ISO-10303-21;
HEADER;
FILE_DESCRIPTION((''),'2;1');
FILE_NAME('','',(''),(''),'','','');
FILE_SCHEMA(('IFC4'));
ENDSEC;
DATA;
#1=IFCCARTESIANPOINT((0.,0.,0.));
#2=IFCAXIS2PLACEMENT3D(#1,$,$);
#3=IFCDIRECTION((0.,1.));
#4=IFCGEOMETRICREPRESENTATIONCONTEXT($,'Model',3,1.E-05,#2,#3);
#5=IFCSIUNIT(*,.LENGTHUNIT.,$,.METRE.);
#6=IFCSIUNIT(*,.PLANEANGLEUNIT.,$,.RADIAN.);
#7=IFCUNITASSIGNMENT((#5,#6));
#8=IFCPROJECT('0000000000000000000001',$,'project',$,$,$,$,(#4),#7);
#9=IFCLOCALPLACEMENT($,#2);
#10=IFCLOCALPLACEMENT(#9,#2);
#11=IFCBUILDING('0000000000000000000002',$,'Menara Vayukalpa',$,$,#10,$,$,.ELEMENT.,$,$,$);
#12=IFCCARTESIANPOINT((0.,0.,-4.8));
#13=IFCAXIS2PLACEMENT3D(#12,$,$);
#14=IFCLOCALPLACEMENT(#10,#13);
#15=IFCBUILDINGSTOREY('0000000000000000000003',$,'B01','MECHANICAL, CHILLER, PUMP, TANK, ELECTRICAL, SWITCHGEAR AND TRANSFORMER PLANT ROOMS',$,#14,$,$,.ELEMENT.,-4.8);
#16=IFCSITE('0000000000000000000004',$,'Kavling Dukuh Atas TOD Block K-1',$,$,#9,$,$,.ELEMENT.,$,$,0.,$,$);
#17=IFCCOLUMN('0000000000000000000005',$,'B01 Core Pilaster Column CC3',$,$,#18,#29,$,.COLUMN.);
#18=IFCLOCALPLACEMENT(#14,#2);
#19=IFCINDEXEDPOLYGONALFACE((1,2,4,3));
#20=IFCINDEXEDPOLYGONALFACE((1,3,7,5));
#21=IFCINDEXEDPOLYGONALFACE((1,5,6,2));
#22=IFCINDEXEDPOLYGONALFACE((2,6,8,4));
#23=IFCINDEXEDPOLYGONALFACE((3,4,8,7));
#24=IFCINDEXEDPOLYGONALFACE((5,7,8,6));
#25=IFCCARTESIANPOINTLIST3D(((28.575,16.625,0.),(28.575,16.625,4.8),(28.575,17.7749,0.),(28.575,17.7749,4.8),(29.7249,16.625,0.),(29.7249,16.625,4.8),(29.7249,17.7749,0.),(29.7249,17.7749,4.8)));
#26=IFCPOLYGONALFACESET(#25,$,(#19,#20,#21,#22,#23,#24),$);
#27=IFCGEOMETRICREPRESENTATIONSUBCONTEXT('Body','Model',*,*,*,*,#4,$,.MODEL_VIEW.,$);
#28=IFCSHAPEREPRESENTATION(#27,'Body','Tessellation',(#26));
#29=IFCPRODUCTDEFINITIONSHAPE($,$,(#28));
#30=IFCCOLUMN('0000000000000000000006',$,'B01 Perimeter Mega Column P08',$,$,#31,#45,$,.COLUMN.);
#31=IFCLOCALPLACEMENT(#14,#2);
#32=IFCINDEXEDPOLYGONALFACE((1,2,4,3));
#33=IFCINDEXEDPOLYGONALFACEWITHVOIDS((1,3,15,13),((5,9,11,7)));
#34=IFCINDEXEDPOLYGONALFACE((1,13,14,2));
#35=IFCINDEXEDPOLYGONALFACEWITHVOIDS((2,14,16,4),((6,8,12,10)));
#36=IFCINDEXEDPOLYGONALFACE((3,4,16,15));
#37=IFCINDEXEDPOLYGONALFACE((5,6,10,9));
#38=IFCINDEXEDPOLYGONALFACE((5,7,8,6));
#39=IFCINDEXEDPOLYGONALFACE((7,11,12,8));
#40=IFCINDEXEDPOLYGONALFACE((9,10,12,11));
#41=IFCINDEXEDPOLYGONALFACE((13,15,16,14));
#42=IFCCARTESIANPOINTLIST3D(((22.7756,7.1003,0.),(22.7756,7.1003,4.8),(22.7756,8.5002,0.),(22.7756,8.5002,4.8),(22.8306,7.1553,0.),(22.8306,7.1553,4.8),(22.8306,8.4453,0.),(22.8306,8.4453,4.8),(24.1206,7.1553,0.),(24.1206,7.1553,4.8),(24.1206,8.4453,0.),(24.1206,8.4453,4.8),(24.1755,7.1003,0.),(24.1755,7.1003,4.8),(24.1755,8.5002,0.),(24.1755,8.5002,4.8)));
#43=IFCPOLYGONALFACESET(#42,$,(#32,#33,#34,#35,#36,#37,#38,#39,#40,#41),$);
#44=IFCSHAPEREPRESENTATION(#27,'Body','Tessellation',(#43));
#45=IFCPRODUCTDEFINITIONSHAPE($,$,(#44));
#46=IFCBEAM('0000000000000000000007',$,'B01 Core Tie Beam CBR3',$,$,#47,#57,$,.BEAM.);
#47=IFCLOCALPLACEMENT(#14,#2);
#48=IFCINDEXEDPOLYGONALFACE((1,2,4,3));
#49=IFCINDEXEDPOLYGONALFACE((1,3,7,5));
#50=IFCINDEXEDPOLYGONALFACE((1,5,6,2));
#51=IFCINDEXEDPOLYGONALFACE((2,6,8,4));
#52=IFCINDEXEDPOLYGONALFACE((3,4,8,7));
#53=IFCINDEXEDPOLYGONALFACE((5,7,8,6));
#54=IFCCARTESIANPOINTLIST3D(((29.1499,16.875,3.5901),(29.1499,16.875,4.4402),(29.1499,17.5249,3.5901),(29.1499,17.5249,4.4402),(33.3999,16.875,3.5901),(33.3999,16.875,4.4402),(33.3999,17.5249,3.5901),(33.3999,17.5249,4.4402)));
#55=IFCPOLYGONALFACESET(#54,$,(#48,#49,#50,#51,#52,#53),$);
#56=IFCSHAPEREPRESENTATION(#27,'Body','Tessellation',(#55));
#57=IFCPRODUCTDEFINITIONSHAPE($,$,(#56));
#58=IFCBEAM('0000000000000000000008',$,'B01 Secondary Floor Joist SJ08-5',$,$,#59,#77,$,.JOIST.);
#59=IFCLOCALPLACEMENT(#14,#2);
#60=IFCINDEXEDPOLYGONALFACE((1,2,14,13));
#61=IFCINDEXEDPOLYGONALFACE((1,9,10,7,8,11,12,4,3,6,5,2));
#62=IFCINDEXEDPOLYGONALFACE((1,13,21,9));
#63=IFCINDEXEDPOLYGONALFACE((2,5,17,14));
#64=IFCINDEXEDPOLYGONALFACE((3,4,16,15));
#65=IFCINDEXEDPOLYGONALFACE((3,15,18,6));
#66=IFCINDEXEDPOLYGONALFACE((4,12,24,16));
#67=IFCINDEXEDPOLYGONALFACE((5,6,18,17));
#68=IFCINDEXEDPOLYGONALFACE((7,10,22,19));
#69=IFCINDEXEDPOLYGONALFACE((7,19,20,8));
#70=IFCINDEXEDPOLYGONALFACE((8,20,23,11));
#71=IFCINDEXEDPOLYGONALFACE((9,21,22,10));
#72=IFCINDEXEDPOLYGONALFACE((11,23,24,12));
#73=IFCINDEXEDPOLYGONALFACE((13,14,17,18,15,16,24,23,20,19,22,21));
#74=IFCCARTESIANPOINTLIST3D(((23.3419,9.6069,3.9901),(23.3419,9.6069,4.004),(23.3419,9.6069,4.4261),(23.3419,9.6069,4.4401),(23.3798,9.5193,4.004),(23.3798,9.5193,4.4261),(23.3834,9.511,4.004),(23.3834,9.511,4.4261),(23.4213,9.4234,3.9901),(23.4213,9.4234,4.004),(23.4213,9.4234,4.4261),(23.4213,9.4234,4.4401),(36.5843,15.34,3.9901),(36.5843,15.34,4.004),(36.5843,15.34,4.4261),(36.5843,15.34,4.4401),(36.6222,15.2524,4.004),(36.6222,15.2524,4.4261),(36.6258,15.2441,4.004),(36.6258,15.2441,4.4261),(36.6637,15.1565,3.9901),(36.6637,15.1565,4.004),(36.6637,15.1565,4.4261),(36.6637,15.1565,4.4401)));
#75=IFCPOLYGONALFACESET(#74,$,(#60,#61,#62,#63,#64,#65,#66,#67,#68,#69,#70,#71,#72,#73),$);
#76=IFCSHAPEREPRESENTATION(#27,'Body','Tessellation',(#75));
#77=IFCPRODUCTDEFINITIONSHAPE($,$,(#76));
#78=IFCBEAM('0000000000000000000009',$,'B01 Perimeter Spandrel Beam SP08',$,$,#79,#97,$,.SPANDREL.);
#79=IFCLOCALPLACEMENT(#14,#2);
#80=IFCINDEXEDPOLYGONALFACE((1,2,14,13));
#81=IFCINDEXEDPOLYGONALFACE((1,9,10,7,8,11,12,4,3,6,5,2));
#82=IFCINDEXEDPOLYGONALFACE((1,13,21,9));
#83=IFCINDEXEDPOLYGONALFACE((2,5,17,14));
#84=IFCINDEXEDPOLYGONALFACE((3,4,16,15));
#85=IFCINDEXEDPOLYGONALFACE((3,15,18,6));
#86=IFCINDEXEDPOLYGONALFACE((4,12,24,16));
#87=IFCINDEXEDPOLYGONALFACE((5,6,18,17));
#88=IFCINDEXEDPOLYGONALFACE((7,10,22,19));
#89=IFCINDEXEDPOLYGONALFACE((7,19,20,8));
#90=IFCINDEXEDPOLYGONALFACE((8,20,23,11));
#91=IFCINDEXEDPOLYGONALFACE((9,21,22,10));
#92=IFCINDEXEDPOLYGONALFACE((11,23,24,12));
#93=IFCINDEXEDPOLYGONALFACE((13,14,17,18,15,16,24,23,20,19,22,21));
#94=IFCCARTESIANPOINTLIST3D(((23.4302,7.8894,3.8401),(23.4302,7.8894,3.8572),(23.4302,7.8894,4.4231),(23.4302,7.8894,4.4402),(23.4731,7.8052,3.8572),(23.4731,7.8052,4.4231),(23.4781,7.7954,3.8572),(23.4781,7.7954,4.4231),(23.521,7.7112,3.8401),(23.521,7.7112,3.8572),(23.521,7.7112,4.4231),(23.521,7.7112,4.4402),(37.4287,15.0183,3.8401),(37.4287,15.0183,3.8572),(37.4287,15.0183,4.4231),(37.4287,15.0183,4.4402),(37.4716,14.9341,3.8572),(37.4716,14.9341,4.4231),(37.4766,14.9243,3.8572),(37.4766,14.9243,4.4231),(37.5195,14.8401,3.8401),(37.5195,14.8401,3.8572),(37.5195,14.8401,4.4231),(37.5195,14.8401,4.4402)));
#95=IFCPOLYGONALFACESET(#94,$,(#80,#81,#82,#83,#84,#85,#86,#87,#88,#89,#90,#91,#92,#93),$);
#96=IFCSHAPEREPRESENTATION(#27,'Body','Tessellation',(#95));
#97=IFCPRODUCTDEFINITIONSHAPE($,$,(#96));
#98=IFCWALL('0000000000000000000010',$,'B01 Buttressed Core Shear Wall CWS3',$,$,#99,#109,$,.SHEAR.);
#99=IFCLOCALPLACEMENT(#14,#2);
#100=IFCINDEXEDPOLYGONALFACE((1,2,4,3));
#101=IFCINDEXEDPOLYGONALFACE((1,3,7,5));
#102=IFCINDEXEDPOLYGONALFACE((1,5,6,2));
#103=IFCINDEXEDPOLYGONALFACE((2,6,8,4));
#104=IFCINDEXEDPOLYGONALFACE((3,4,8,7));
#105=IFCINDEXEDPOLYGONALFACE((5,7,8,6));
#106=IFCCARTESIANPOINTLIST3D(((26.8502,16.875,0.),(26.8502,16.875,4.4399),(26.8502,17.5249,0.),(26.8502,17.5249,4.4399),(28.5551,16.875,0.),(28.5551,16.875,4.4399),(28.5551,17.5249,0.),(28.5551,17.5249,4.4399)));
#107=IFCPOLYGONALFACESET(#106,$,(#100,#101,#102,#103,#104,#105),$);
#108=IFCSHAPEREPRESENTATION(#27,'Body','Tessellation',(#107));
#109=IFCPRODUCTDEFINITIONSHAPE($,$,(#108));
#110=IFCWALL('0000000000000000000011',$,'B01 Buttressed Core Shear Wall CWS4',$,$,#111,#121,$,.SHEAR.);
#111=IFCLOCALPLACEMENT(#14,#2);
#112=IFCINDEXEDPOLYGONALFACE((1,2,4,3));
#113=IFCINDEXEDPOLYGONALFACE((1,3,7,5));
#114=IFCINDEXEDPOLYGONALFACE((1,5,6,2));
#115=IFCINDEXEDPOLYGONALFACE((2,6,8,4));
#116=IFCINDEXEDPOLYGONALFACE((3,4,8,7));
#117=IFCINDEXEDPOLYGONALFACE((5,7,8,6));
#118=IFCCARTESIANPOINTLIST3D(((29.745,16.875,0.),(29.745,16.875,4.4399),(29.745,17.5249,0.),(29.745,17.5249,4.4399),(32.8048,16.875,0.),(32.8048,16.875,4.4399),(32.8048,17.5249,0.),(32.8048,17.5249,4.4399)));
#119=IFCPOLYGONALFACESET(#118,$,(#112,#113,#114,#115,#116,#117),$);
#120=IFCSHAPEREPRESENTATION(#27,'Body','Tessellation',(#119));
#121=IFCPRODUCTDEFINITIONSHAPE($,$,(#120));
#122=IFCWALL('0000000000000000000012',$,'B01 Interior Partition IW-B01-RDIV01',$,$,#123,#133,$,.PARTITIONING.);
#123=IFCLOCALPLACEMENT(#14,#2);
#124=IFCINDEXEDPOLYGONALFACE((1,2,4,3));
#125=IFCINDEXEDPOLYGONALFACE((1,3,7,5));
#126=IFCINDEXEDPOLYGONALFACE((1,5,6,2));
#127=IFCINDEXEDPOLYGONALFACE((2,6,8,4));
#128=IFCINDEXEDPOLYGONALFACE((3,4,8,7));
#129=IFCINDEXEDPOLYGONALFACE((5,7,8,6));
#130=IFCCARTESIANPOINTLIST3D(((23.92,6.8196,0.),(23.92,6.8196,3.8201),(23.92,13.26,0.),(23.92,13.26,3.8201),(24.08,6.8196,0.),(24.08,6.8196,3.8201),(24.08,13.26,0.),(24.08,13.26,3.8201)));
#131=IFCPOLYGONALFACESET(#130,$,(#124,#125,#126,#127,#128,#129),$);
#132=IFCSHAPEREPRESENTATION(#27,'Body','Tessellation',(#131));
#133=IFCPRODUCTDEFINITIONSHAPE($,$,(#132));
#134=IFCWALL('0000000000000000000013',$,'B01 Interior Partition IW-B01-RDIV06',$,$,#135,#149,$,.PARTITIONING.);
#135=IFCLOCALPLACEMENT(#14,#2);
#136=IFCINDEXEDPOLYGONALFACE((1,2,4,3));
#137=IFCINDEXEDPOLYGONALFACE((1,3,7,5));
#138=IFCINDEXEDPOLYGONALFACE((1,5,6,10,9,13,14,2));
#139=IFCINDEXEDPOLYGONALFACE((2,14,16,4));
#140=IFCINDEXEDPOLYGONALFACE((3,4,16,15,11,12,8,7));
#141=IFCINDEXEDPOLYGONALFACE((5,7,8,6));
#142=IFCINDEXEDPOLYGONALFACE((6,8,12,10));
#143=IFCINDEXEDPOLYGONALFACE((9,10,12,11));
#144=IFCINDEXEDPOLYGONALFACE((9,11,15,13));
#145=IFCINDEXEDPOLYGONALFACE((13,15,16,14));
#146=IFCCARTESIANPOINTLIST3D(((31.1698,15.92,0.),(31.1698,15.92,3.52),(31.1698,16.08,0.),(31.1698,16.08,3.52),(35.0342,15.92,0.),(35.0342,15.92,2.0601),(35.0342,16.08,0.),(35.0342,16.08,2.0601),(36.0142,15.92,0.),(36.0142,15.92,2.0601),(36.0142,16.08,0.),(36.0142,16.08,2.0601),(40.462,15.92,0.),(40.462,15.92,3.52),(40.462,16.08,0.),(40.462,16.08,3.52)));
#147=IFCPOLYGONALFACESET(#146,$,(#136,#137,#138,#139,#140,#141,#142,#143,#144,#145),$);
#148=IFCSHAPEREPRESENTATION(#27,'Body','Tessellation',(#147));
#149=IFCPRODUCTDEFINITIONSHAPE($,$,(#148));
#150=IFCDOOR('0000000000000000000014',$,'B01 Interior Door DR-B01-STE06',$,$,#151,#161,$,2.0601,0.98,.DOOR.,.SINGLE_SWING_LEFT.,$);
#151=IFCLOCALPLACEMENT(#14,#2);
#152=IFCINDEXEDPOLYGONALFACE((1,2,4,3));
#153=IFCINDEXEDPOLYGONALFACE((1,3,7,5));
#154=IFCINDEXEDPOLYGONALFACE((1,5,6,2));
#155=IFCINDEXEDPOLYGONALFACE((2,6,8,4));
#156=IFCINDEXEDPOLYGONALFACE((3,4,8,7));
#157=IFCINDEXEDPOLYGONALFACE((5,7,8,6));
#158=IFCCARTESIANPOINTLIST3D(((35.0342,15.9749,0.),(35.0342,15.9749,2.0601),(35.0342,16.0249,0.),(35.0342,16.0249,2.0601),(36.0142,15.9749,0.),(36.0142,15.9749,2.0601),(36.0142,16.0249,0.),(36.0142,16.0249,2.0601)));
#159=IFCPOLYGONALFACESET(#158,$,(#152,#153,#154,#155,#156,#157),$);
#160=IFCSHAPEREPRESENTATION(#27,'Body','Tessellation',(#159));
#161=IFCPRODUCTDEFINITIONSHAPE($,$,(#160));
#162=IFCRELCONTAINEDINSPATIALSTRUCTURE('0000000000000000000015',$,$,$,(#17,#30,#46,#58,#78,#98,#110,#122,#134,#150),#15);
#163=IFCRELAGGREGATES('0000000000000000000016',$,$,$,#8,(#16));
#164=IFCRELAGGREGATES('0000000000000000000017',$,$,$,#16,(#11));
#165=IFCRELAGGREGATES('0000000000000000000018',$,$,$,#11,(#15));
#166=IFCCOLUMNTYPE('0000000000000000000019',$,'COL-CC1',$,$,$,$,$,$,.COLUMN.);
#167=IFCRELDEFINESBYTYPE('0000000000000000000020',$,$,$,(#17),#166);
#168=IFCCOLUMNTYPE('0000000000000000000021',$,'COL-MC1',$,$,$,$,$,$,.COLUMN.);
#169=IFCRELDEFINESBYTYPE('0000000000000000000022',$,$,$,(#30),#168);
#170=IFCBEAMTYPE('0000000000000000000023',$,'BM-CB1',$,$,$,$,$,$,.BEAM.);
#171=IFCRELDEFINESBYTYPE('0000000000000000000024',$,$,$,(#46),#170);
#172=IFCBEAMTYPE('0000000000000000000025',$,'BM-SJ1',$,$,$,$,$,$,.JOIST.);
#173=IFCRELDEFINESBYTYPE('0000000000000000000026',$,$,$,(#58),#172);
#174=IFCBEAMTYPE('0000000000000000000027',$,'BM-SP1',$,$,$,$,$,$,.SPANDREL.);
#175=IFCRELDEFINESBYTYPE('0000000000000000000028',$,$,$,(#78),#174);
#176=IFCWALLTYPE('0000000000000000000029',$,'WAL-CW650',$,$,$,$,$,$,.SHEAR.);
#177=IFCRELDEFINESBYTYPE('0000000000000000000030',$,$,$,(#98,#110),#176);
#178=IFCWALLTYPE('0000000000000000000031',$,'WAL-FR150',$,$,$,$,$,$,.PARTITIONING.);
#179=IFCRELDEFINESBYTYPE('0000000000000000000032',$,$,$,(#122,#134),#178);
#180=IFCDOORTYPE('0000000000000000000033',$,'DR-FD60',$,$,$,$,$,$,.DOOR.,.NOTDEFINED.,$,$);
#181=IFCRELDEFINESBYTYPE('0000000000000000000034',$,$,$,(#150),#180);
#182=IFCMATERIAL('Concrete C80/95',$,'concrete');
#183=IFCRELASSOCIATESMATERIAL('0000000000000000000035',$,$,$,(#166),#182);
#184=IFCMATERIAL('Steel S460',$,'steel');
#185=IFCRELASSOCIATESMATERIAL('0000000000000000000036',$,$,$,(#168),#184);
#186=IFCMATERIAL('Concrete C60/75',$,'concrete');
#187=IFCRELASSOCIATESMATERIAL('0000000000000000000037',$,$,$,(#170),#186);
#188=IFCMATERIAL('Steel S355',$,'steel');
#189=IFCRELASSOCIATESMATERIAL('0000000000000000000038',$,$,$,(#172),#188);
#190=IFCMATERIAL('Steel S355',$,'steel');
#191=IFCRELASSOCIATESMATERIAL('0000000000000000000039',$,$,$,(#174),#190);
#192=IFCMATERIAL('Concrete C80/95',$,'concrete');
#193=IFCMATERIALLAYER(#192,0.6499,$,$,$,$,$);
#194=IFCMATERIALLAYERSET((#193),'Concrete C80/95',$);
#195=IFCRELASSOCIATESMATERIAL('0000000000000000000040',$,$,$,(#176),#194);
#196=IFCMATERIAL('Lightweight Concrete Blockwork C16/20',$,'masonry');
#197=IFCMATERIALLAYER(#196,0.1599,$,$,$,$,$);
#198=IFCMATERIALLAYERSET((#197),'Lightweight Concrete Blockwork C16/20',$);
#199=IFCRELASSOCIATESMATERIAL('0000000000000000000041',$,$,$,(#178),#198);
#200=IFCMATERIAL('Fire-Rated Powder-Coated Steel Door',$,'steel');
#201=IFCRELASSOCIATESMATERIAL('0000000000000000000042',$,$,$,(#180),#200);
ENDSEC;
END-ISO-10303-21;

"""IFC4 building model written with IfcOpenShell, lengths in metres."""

from ifc_helpers import new_model, si_unit, direction, frame, frame_2d, origin, origin_2d, place, context, subcontext, project, spatial, rectangle, hollow_rectangle, i_section, extrude, material, layer, layer_set, material_profile, profile_set, type_object, element, fill, save


model = new_model("IFC4")

# Units and contexts
model_context = context("Model", 3, precision=1e-05, world=origin(), true_north=direction((0.0, 1.0)))
body_context = subcontext(model_context, "Body", "Model", "MODEL_VIEW")
ifc_project = project(units=[si_unit("LENGTHUNIT", "METRE"), si_unit("PLANEANGLEUNIT", "RADIAN")], contexts=[model_context])

# Site, building, storey
site_placement = place(None, origin())
site = spatial("IfcSite", under=ifc_project, at=site_placement, Name="Kavling Dukuh Atas TOD Block K-1", CompositionType="ELEMENT", RefElevation=0.0)
building_placement = place(site_placement, origin())
building = spatial("IfcBuilding", under=site, at=building_placement, Name="Menara Vayukalpa", CompositionType="ELEMENT")
storey_placement = place(building_placement, frame((0.0, 0.0, -4.8)))
storey = spatial("IfcBuildingStorey", under=building, at=storey_placement, Name="B01", Description="MECHANICAL, CHILLER, PUMP, TANK, ELECTRICAL, SWITCHGEAR AND TRANSFORMER PLANT ROOMS", CompositionType="ELEMENT", Elevation=-4.8)

# Columns
ifc_material_1 = material(Name="Concrete C80/95", Category="concrete")
ifc_material_profile_1 = material_profile(ifc_material_1, rectangle(XDim=1.1499, YDim=1.1499, at=origin_2d()), Name="RC 1150x1150")
ifc_profile_set_1 = profile_set([ifc_material_profile_1], Name="Concrete C80/95")
column_type_1 = type_object("IfcColumnType", Name="COL-CC1", PredefinedType="COLUMN", material=ifc_profile_set_1)
column_1_placement = place(storey_placement, frame((29.1499, 17.2, 0.0), z_axis=(0.0, 0.0, 1.0), x_axis=(1.0, 0.0, 0.0)))
element("IfcColumn", 1, at=column_1_placement, inside=storey, type_object=column_type_1, Name="B01 Core Pilaster Column CC3", PredefinedType="COLUMN", context=body_context, shape_type="SweptSolid", body=[
    extrude(rectangle(XDim=1.1499, YDim=1.1499, at=origin_2d()), origin(), (0.0, 0.0, 1.0), 4.8),
])
ifc_material_2 = material(Name="Steel S460", Category="steel")
ifc_material_profile_2 = material_profile(ifc_material_2, hollow_rectangle(XDim=1.3999, YDim=1.3999, WallThickness=0.0549, at=origin_2d()), Name="BOX 1400x1400x55")
ifc_profile_set_2 = profile_set([ifc_material_profile_2], Name="Steel S460")
column_type_2 = type_object("IfcColumnType", Name="COL-MC1", PredefinedType="COLUMN", material=ifc_profile_set_2)
column_2_placement = place(storey_placement, frame((23.4756, 7.8003, 0.0), z_axis=(0.0, 0.0, 1.0), x_axis=(1.0, 0.0, 0.0)))
element("IfcColumn", 2, at=column_2_placement, inside=storey, type_object=column_type_2, Name="B01 Perimeter Mega Column P08", PredefinedType="COLUMN", context=body_context, shape_type="SweptSolid", body=[
    extrude(hollow_rectangle(XDim=1.3999, YDim=1.3999, WallThickness=0.0549, at=origin_2d()), origin(), (0.0, 0.0, 1.0), 4.8),
])

# Beams
ifc_material_3 = material(Name="Concrete C60/75", Category="concrete")
ifc_material_profile_3 = material_profile(ifc_material_3, rectangle(XDim=0.6499, YDim=0.8501, at=origin_2d()), Name="RC 650x850")
ifc_profile_set_3 = profile_set([ifc_material_profile_3], Name="Concrete C60/75")
beam_type_1 = type_object("IfcBeamType", Name="BM-CB1", PredefinedType="BEAM", material=ifc_profile_set_3)
beam_1_placement = place(storey_placement, frame((29.1499, 17.2, 4.0151), z_axis=(1.0, 0.0, 0.0), x_axis=(0.0, 1.0, 0.0)))
element("IfcBeam", 3, at=beam_1_placement, inside=storey, type_object=beam_type_1, Name="B01 Core Tie Beam CBR3", PredefinedType="BEAM", context=body_context, shape_type="SweptSolid", body=[
    extrude(rectangle(XDim=0.6499, YDim=0.8501, at=origin_2d()), origin(), (0.0, 0.0, 1.0), 4.25),
])
ifc_material_4 = material(Name="Steel S355", Category="steel")
ifc_material_profile_4 = material_profile(ifc_material_4, i_section(OverallWidth=0.2, OverallDepth=0.45, WebThickness=0.009, FlangeThickness=0.0139, at=origin_2d()), Name="WF 450x200x9x14")
ifc_profile_set_4 = profile_set([ifc_material_profile_4], Name="Steel S355")
beam_type_2 = type_object("IfcBeamType", Name="BM-SJ1", PredefinedType="JOIST", material=ifc_profile_set_4)
beam_2_placement = place(storey_placement, frame((23.3816, 9.5151, 4.2151), z_axis=(0.917688, 0.397302, 0.0), x_axis=(-0.397302, 0.917688, 0.0)))
element("IfcBeam", 4, at=beam_2_placement, inside=storey, type_object=beam_type_2, Name="B01 Secondary Floor Joist SJ08-5", PredefinedType="JOIST", context=body_context, shape_type="SweptSolid", body=[
    extrude(i_section(OverallWidth=0.2, OverallDepth=0.45, WebThickness=0.009, FlangeThickness=0.0139, at=origin_2d()), origin(), (0.0, 0.0, 1.0), 14.4302),
])
ifc_material_5 = material(Name="Steel S355", Category="steel")
ifc_material_profile_5 = material_profile(ifc_material_5, i_section(OverallWidth=0.2, OverallDepth=0.6001, WebThickness=0.011, FlangeThickness=0.0171, at=origin_2d()), Name="WF 600x200x11x17")
ifc_profile_set_5 = profile_set([ifc_material_profile_5], Name="Steel S355")
beam_type_3 = type_object("IfcBeamType", Name="BM-SP1", PredefinedType="SPANDREL", material=ifc_profile_set_5)
beam_3_placement = place(storey_placement, frame((23.4756, 7.8003, 4.1401), z_axis=(0.891102, 0.453803, 0.0), x_axis=(-0.453803, 0.891102, 0.0)))
element("IfcBeam", 5, at=beam_3_placement, inside=storey, type_object=beam_type_3, Name="B01 Perimeter Spandrel Beam SP08", PredefinedType="SPANDREL", context=body_context, shape_type="SweptSolid", body=[
    extrude(i_section(OverallWidth=0.2, OverallDepth=0.6001, WebThickness=0.011, FlangeThickness=0.0171, at=origin_2d()), origin(), (0.0, 0.0, 1.0), 15.7092),
])

# Walls
ifc_material_6 = material(Name="Concrete C80/95", Category="concrete")
ifc_layer_1 = layer(ifc_material_6, 0.6499)
ifc_layer_set_1 = layer_set([ifc_layer_1], Name="Concrete C80/95")
wall_type_1 = type_object("IfcWallType", Name="WAL-CW650", PredefinedType="SHEAR", material=ifc_layer_set_1)
wall_1_placement = place(storey_placement, frame((26.8501, 17.2, 0.0), z_axis=(0.0, 0.0, 1.0), x_axis=(1.0, 0.0, 0.0)))
element("IfcWall", 6, at=wall_1_placement, inside=storey, type_object=wall_type_1, Name="B01 Buttressed Core Shear Wall CWS3", PredefinedType="SHEAR", context=body_context, shape_type="SweptSolid", body=[
    extrude(rectangle(XDim=1.7048, YDim=0.6499, at=frame_2d((0.8525, 0.0))), origin(), (0.0, 0.0, 1.0), 4.4399),
])
wall_2_placement = place(storey_placement, frame((29.7451, 17.2, 0.0), z_axis=(0.0, 0.0, 1.0), x_axis=(1.0, 0.0, 0.0)))
element("IfcWall", 7, at=wall_2_placement, inside=storey, type_object=wall_type_1, Name="B01 Buttressed Core Shear Wall CWS4", PredefinedType="SHEAR", context=body_context, shape_type="SweptSolid", body=[
    extrude(rectangle(XDim=3.0598, YDim=0.6499, at=frame_2d((1.5298, 0.0))), origin(), (0.0, 0.0, 1.0), 4.4399),
])
ifc_material_7 = material(Name="Lightweight Concrete Blockwork C16/20", Category="masonry")
ifc_layer_2 = layer(ifc_material_7, 0.1599)
ifc_layer_set_2 = layer_set([ifc_layer_2], Name="Lightweight Concrete Blockwork C16/20")
wall_type_2 = type_object("IfcWallType", Name="WAL-FR150", PredefinedType="PARTITIONING", material=ifc_layer_set_2)
wall_3_placement = place(storey_placement, frame((24.0, 6.8196, 0.0), z_axis=(0.0, 0.0, 1.0), x_axis=(0.0, 1.0, 0.0)))
element("IfcWall", 8, at=wall_3_placement, inside=storey, type_object=wall_type_2, Name="B01 Interior Partition IW-B01-RDIV01", PredefinedType="PARTITIONING", context=body_context, shape_type="SweptSolid", body=[
    extrude(rectangle(XDim=6.4404, YDim=0.1599, at=frame_2d((3.2202, 0.0))), origin(), (0.0, 0.0, 1.0), 3.8201),
])

# Wall, opening, door
wall_4_placement = place(storey_placement, frame((31.1699, 16.0, 0.0), z_axis=(0.0, 0.0, 1.0), x_axis=(1.0, 0.0, 0.0)))
wall_4 = element("IfcWall", 9, at=wall_4_placement, inside=storey, type_object=wall_type_2, Name="B01 Interior Partition IW-B01-RDIV06", PredefinedType="PARTITIONING", context=body_context, shape_type="SweptSolid", body=[
    extrude(rectangle(XDim=9.2922, YDim=0.1599, at=frame_2d((4.646, 0.0))), origin(), (0.0, 0.0, 1.0), 3.52),
])
opening_1_placement = place(wall_4_placement, frame((3.8643, 0.0, 0.0)))
opening_1 = element("IfcOpeningElement", 10, at=opening_1_placement, cuts=wall_4, PredefinedType="OPENING", context=body_context, shape_type="SweptSolid", body=[
    extrude(rectangle(XDim=0.98, YDim=2.0601, at=frame_2d((0.49, 1.03))), frame((0.0, 0.0898, 0.0), z_axis=(0.0, -1.0, 0.0), x_axis=(1.0, 0.0, 0.0)), (0.0, 0.0, 1.0), 0.1799),
])
ifc_material_8 = material(Name="Fire-Rated Powder-Coated Steel Door", Category="steel")
door_type_1 = type_object("IfcDoorType", Name="DR-FD60", OperationType="NOTDEFINED", PredefinedType="DOOR", material=ifc_material_8)
door_1_placement = place(opening_1_placement, origin())
door_1 = element("IfcDoor", 11, at=door_1_placement, inside=storey, type_object=door_type_1, Name="B01 Interior Door DR-B01-STE06", OperationType="SINGLE_SWING_LEFT", OverallHeight=2.0601, OverallWidth=0.98, PredefinedType="DOOR", context=body_context, shape_type="SweptSolid", body=[
    extrude(rectangle(XDim=0.98, YDim=2.0601, at=frame_2d((0.49, 1.03))), frame((0.0, 0.0249, 0.0), z_axis=(0.0, -1.0, 0.0), x_axis=(1.0, 0.0, 0.0)), (0.0, 0.0, 1.0), 0.05),
])
fill(opening_1, door_1)

save(model, "model.ifc")
